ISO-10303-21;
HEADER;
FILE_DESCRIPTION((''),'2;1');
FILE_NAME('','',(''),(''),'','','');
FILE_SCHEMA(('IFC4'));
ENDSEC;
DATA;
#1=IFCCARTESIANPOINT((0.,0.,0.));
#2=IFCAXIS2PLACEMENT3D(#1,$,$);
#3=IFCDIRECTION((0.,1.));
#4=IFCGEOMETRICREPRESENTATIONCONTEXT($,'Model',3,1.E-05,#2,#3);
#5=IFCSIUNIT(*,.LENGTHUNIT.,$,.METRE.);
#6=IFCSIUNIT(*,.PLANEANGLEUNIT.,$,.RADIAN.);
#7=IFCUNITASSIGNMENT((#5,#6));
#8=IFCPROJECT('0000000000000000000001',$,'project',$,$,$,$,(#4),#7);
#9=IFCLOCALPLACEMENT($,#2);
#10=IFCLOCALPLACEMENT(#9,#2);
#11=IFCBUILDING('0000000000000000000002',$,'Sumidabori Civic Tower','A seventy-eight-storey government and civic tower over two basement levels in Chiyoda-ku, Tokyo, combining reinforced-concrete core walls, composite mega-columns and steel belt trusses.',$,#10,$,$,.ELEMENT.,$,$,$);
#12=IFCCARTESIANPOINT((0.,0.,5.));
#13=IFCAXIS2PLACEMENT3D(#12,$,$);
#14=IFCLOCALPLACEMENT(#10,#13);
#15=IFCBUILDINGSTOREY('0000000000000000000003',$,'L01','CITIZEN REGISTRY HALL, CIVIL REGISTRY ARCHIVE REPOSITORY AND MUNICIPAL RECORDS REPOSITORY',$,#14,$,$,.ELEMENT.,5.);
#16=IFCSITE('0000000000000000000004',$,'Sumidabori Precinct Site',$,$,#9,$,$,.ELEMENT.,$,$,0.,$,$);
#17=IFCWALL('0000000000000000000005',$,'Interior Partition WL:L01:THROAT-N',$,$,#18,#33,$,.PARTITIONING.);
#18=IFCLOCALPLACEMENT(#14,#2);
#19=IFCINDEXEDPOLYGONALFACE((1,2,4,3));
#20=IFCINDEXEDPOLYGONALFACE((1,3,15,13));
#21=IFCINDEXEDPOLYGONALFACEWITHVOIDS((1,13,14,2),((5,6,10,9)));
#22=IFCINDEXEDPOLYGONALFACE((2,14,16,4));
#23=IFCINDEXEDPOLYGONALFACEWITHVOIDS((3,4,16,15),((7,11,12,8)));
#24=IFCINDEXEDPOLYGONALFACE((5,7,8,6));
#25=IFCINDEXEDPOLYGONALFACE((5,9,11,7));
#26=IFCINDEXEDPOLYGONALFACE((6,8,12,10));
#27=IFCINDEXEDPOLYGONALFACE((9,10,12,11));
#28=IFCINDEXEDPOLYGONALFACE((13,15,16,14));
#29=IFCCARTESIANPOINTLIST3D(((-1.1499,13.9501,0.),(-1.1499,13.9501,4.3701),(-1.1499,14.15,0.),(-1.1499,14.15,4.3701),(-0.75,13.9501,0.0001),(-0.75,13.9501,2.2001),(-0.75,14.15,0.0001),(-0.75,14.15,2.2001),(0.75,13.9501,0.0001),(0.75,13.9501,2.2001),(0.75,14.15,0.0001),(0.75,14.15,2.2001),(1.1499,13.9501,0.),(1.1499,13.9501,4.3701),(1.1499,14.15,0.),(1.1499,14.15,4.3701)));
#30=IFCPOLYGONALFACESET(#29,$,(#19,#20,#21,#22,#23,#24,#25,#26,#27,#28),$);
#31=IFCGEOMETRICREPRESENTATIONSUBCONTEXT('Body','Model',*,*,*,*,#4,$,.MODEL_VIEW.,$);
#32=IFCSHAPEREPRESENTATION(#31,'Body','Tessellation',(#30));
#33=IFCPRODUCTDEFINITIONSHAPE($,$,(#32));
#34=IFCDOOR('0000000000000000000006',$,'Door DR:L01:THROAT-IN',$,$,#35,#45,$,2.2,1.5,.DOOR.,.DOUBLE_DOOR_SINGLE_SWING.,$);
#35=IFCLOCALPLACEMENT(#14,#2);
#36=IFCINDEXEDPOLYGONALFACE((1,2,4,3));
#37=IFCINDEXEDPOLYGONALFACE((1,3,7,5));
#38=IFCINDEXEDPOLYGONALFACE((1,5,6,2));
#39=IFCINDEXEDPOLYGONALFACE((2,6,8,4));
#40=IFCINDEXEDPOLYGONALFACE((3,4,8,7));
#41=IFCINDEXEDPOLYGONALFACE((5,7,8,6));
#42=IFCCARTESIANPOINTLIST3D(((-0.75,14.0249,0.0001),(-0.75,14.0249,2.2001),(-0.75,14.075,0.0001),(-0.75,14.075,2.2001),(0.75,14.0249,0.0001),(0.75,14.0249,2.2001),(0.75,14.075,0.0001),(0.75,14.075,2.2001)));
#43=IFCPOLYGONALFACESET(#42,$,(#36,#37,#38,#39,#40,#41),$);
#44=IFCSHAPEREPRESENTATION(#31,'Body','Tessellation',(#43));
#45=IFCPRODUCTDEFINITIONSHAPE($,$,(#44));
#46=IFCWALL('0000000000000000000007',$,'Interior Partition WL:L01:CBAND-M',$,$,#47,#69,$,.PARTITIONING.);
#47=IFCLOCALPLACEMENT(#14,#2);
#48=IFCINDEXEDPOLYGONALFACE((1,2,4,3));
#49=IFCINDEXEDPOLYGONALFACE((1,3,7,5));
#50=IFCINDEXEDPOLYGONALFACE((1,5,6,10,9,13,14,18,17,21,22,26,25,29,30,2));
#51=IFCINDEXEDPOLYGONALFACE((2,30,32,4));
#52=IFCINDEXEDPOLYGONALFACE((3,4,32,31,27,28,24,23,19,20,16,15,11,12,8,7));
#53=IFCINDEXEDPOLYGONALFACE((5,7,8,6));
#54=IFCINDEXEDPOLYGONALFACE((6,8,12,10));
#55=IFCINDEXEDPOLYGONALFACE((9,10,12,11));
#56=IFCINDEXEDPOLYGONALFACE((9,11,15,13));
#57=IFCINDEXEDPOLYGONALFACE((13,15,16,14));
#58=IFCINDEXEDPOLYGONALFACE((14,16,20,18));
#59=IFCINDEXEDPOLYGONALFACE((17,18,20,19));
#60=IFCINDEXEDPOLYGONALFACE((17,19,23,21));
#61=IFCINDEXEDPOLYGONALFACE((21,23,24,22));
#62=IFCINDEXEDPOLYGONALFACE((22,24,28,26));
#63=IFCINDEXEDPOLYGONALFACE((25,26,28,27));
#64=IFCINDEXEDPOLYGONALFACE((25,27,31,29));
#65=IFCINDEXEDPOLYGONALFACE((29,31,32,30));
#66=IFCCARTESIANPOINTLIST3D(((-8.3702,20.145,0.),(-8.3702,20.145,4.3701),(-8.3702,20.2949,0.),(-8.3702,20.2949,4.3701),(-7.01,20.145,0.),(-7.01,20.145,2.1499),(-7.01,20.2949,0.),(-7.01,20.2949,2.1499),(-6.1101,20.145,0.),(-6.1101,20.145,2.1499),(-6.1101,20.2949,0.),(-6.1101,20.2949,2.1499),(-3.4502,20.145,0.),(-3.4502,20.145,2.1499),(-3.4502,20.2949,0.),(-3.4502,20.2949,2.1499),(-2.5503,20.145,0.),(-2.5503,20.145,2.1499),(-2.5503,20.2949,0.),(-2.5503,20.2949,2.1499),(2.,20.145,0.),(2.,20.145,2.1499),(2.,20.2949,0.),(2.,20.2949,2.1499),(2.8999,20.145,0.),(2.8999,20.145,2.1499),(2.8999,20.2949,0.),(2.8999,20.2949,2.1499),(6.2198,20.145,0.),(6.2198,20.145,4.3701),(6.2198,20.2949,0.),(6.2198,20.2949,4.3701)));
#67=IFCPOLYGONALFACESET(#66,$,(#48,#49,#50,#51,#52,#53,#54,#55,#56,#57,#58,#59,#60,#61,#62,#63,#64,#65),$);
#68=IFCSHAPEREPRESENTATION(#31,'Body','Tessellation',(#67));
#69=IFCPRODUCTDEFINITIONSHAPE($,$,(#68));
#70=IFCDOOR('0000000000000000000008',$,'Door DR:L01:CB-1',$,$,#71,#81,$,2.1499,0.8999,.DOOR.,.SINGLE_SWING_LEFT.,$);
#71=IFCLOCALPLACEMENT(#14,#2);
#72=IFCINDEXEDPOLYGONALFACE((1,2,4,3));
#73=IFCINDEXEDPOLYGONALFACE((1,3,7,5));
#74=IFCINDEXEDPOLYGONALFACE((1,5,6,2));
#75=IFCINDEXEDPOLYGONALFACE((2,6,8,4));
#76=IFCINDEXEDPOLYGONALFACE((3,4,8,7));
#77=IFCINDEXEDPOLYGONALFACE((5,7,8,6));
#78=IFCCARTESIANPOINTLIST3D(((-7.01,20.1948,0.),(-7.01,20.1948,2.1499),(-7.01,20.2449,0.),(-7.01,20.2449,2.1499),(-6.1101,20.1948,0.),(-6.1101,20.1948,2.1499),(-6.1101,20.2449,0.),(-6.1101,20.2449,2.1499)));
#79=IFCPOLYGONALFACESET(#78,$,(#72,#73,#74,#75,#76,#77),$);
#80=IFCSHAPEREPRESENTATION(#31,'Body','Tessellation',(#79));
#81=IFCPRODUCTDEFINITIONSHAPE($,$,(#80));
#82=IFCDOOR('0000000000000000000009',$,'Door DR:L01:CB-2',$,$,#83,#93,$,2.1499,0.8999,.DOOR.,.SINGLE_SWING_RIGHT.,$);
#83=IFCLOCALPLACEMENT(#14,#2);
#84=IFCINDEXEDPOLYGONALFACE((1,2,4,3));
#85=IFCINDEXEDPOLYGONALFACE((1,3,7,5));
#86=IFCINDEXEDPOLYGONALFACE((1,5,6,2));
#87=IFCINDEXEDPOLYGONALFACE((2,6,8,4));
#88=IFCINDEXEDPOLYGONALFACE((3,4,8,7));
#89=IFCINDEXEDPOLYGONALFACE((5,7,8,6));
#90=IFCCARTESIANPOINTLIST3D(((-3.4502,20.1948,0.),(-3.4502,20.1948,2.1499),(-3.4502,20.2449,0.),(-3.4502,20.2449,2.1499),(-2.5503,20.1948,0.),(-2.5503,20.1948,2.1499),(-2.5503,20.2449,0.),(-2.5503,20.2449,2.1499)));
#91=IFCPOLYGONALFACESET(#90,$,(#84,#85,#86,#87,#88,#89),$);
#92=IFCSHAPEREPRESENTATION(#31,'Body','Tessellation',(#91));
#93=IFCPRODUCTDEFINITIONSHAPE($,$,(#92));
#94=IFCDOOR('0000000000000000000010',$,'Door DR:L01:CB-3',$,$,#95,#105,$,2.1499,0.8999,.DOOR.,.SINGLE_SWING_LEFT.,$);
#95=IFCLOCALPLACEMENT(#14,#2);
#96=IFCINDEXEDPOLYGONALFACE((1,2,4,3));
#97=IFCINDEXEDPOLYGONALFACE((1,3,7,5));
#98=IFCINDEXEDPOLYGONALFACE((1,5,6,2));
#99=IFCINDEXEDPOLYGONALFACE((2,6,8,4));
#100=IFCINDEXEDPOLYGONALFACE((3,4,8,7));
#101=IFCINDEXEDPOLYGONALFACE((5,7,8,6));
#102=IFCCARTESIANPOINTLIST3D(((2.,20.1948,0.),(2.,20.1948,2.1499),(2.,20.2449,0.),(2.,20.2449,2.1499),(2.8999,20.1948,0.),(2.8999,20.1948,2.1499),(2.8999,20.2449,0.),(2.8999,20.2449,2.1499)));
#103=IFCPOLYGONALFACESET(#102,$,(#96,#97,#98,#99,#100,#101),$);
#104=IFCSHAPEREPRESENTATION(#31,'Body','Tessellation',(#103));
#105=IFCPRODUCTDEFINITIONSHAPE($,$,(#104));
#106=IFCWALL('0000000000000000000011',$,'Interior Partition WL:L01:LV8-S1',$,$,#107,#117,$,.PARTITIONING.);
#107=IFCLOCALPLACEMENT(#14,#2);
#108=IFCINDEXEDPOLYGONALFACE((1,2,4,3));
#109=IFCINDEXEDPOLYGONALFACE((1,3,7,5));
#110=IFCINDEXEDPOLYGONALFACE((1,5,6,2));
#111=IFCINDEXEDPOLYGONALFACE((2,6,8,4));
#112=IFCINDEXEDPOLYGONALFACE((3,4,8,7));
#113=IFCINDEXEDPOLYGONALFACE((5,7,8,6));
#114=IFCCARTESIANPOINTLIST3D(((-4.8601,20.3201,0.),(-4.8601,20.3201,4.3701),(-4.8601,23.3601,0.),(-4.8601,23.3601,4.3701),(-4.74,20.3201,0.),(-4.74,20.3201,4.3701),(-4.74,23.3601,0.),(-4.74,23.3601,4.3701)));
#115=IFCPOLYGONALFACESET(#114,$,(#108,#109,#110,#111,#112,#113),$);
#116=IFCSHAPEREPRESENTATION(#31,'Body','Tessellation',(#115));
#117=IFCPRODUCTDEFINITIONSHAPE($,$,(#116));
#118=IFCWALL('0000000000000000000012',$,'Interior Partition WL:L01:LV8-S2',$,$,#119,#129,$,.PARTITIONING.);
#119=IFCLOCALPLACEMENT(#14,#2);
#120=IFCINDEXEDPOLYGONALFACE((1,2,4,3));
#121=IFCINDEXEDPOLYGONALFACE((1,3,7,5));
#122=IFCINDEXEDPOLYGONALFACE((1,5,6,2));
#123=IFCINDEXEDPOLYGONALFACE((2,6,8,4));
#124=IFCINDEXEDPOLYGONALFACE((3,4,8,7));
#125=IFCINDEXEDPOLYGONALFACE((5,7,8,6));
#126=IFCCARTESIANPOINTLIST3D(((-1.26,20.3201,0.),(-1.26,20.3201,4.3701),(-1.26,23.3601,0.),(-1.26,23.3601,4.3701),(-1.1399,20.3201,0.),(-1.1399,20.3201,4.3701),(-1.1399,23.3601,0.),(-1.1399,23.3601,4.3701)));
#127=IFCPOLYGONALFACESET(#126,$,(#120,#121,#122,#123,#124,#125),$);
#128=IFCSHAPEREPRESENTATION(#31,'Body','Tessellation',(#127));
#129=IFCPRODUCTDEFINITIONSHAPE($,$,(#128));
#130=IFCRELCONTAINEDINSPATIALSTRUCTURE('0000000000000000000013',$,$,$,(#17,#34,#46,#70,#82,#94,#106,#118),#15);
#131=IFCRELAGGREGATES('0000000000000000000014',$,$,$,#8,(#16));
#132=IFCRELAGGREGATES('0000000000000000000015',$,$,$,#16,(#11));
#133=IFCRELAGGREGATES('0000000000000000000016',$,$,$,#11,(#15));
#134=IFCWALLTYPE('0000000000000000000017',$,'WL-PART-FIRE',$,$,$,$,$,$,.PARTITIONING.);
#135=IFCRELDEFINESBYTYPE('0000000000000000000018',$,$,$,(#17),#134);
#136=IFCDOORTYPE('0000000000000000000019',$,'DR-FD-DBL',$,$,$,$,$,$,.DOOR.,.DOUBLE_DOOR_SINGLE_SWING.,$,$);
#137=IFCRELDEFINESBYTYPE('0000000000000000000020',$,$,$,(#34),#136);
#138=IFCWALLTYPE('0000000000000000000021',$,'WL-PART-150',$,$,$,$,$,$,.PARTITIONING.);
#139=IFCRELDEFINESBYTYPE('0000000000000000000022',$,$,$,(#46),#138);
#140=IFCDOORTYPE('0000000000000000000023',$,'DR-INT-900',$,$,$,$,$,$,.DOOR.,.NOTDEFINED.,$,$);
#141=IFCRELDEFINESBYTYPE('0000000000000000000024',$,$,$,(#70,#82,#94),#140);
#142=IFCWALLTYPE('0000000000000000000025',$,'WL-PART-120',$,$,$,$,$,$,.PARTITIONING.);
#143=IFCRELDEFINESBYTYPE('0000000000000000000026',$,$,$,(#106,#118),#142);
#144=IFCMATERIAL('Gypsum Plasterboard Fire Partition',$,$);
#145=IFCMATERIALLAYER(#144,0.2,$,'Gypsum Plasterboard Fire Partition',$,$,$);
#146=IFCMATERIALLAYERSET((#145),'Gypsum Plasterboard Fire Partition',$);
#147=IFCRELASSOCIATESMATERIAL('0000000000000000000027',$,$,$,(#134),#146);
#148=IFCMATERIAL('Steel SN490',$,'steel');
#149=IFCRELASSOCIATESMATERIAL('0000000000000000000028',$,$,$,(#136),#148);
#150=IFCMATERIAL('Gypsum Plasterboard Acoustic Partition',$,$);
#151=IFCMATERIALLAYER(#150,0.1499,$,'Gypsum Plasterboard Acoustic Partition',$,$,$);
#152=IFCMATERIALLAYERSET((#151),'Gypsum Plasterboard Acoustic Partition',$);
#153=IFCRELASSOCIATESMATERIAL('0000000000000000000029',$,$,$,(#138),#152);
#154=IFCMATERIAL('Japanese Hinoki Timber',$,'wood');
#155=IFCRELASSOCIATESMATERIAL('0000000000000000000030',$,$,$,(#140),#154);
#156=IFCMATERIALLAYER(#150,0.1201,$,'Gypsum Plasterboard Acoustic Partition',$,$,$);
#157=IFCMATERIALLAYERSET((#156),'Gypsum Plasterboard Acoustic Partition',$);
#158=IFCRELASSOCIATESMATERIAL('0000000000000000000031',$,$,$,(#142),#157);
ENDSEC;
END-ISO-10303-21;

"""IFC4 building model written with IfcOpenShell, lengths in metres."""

from ifc_helpers import new_model, si_unit, direction, frame, frame_2d, origin, place, context, subcontext, project, spatial, rectangle, extrude, source, transform, mapped, material, layer, layer_set, type_object, element, fill, save


model = new_model("IFC4")

# Units and contexts
model_context = context("Model", 3, precision=1e-05, world=origin(), true_north=direction((0.0, 1.0)))
body_context = subcontext(model_context, "Body", "Model", "MODEL_VIEW")
ifc_project = project(units=[si_unit("LENGTHUNIT", "METRE"), si_unit("PLANEANGLEUNIT", "RADIAN")], contexts=[model_context])

# Site, building, storey
site_placement = place(None, origin())
site = spatial("IfcSite", under=ifc_project, at=site_placement, Name="Sumidabori Precinct Site", CompositionType="ELEMENT", RefElevation=0.0)
building_placement = place(site_placement, origin())
building = spatial("IfcBuilding", under=site, at=building_placement, Name="Sumidabori Civic Tower", Description="A seventy-eight-storey government and civic tower over two basement levels in Chiyoda-ku, Tokyo, combining reinforced-concrete core walls, composite mega-columns and steel belt trusses.", CompositionType="ELEMENT")
storey_placement = place(building_placement, frame((0.0, 0.0, 5.0)))
storey = spatial("IfcBuildingStorey", under=building, at=storey_placement, Name="L01", Description="CITIZEN REGISTRY HALL, CIVIL REGISTRY ARCHIVE REPOSITORY AND MUNICIPAL RECORDS REPOSITORY", CompositionType="ELEMENT", Elevation=5.0)

# Shared definitions
ifc_material_1 = material(Name="Gypsum Plasterboard Fire Partition")
ifc_layer_1 = layer(ifc_material_1, 0.2, Name="Gypsum Plasterboard Fire Partition")
ifc_layer_set_1 = layer_set([ifc_layer_1], Name="Gypsum Plasterboard Fire Partition")
wall_type_1 = type_object("IfcWallType", Name="WL-PART-FIRE", PredefinedType="PARTITIONING", material=ifc_layer_set_1)

# Wall, opening, door
shared_shape_1 = source(origin(), body_context, "Body", "SweptSolid", [
    extrude(rectangle(XDim=2.2998, YDim=0.2, at=frame_2d((1.1499, 0.0))), origin(), (0.0, 0.0, 1.0), 4.3701),
])
wall_1_placement = place(storey_placement, frame((-1.1499, 14.05, 0.0), z_axis=(0.0, 0.0, 1.0), x_axis=(1.0, 0.0, 0.0)))
wall_1 = element("IfcWall", 1, at=wall_1_placement, inside=storey, type_object=wall_type_1, Name="Interior Partition WL:L01:THROAT-N", PredefinedType="PARTITIONING", context=body_context, shape_type="MappedRepresentation", body=[
    mapped(shared_shape_1, transform((0.0, 0.0, 0.0), x_axis=(1.0, 0.0, 0.0), y_axis=(0.0, 1.0, 0.0), z_axis=(0.0, 0.0, 1.0), scale=1.0)),
])
opening_1_placement = place(wall_1_placement, frame((0.3999, 0.0, 0.0)))
opening_1 = element("IfcOpeningElement", 2, at=opening_1_placement, cuts=wall_1, PredefinedType="OPENING", context=body_context, shape_type="SweptSolid", body=[
    extrude(rectangle(XDim=1.5, YDim=2.2, at=frame_2d((0.75, 1.1001))), frame((0.0, 0.1118, 0.0), z_axis=(0.0, -1.0, 0.0), x_axis=(1.0, 0.0, 0.0)), (0.0, 0.0, 1.0), 0.2239),
])
ifc_material_2 = material(Name="Steel SN490", Category="steel")
door_type_1 = type_object("IfcDoorType", Name="DR-FD-DBL", OperationType="DOUBLE_DOOR_SINGLE_SWING", PredefinedType="DOOR", material=ifc_material_2)
shared_shape_2 = source(origin(), body_context, "Body", "SweptSolid", [
    extrude(rectangle(XDim=1.5, YDim=2.2, at=frame_2d((0.75, 1.1001))), frame((0.0, 0.0249, 0.0), z_axis=(0.0, -1.0, 0.0), x_axis=(1.0, 0.0, 0.0)), (0.0, 0.0, 1.0), 0.05),
])
door_1_placement = place(opening_1_placement, origin())
door_1 = element("IfcDoor", 3, at=door_1_placement, inside=storey, type_object=door_type_1, Name="Door DR:L01:THROAT-IN", OperationType="DOUBLE_DOOR_SINGLE_SWING", OverallHeight=2.2, OverallWidth=1.5, PredefinedType="DOOR", context=body_context, shape_type="MappedRepresentation", body=[
    mapped(shared_shape_2, transform((0.0, 0.0, 0.0), x_axis=(1.0, 0.0, 0.0), y_axis=(0.0, 1.0, 0.0), z_axis=(0.0, 0.0, 1.0), scale=1.0)),
])
fill(opening_1, door_1)

# Wall, openings, doors
ifc_material_3 = material(Name="Gypsum Plasterboard Acoustic Partition")
ifc_layer_2 = layer(ifc_material_3, 0.1499, Name="Gypsum Plasterboard Acoustic Partition")
ifc_layer_set_2 = layer_set([ifc_layer_2], Name="Gypsum Plasterboard Acoustic Partition")
wall_type_2 = type_object("IfcWallType", Name="WL-PART-150", PredefinedType="PARTITIONING", material=ifc_layer_set_2)
shared_shape_3 = source(origin(), body_context, "Body", "SweptSolid", [
    extrude(rectangle(XDim=14.5901, YDim=0.1499, at=frame_2d((7.2949, 0.0))), origin(), (0.0, 0.0, 1.0), 4.3701),
])
wall_2_placement = place(storey_placement, frame((-8.3701, 20.22, 0.0), z_axis=(0.0, 0.0, 1.0), x_axis=(1.0, 0.0, 0.0)))
wall_2 = element("IfcWall", 4, at=wall_2_placement, inside=storey, type_object=wall_type_2, Name="Interior Partition WL:L01:CBAND-M", PredefinedType="PARTITIONING", context=body_context, shape_type="MappedRepresentation", body=[
    mapped(shared_shape_3, transform((0.0, 0.0, 0.0), x_axis=(1.0, 0.0, 0.0), y_axis=(0.0, 1.0, 0.0), z_axis=(0.0, 0.0, 1.0), scale=1.0)),
])
opening_2_placement = place(wall_2_placement, frame((1.3601, 0.0, 0.0)))
opening_2 = element("IfcOpeningElement", 5, at=opening_2_placement, cuts=wall_2, PredefinedType="OPENING", context=body_context, shape_type="SweptSolid", body=[
    extrude(rectangle(XDim=0.8999, YDim=2.1499, at=frame_2d((0.45, 1.075))), frame((0.0, 0.0869, 0.0), z_axis=(0.0, -1.0, 0.0), x_axis=(1.0, 0.0, 0.0)), (0.0, 0.0, 1.0), 0.1738),
])
opening_3_placement = place(wall_2_placement, frame((4.9199, 0.0, 0.0)))
opening_3 = element("IfcOpeningElement", 6, at=opening_3_placement, cuts=wall_2, PredefinedType="OPENING", context=body_context, shape_type="SweptSolid", body=[
    extrude(rectangle(XDim=0.8999, YDim=2.1499, at=frame_2d((0.45, 1.075))), frame((0.0, 0.0869, 0.0), z_axis=(0.0, -1.0, 0.0), x_axis=(1.0, 0.0, 0.0)), (0.0, 0.0, 1.0), 0.1738),
])
opening_4_placement = place(wall_2_placement, frame((10.3701, 0.0, 0.0)))
opening_4 = element("IfcOpeningElement", 7, at=opening_4_placement, cuts=wall_2, PredefinedType="OPENING", context=body_context, shape_type="SweptSolid", body=[
    extrude(rectangle(XDim=0.8999, YDim=2.1499, at=frame_2d((0.45, 1.075))), frame((0.0, 0.0869, 0.0), z_axis=(0.0, -1.0, 0.0), x_axis=(1.0, 0.0, 0.0)), (0.0, 0.0, 1.0), 0.1738),
])
ifc_material_4 = material(Name="Japanese Hinoki Timber", Category="wood")
door_type_2 = type_object("IfcDoorType", Name="DR-INT-900", OperationType="NOTDEFINED", PredefinedType="DOOR", material=ifc_material_4)
shared_shape_4 = source(origin(), body_context, "Body", "SweptSolid", [
    extrude(rectangle(XDim=0.8999, YDim=2.1499, at=frame_2d((0.45, 1.075))), frame((0.0, 0.0249, 0.0), z_axis=(0.0, -1.0, 0.0), x_axis=(1.0, 0.0, 0.0)), (0.0, 0.0, 1.0), 0.05),
])
door_2_placement = place(opening_2_placement, origin())
door_2 = element("IfcDoor", 8, at=door_2_placement, inside=storey, type_object=door_type_2, Name="Door DR:L01:CB-1", OperationType="SINGLE_SWING_LEFT", OverallHeight=2.1499, OverallWidth=0.8999, PredefinedType="DOOR", context=body_context, shape_type="MappedRepresentation", body=[
    mapped(shared_shape_4, transform((0.0, 0.0, 0.0), x_axis=(1.0, 0.0, 0.0), y_axis=(0.0, 1.0, 0.0), z_axis=(0.0, 0.0, 1.0), scale=1.0)),
])
fill(opening_2, door_2)
door_3_placement = place(opening_3_placement, origin())
door_3 = element("IfcDoor", 9, at=door_3_placement, inside=storey, type_object=door_type_2, Name="Door DR:L01:CB-2", OperationType="SINGLE_SWING_RIGHT", OverallHeight=2.1499, OverallWidth=0.8999, PredefinedType="DOOR", context=body_context, shape_type="MappedRepresentation", body=[
    mapped(shared_shape_4, transform((0.0, 0.0, 0.0), x_axis=(1.0, 0.0, 0.0), y_axis=(0.0, 1.0, 0.0), z_axis=(0.0, 0.0, 1.0), scale=1.0)),
])
fill(opening_3, door_3)
door_4_placement = place(opening_4_placement, origin())
door_4 = element("IfcDoor", 10, at=door_4_placement, inside=storey, type_object=door_type_2, Name="Door DR:L01:CB-3", OperationType="SINGLE_SWING_LEFT", OverallHeight=2.1499, OverallWidth=0.8999, PredefinedType="DOOR", context=body_context, shape_type="MappedRepresentation", body=[
    mapped(shared_shape_4, transform((0.0, 0.0, 0.0), x_axis=(1.0, 0.0, 0.0), y_axis=(0.0, 1.0, 0.0), z_axis=(0.0, 0.0, 1.0), scale=1.0)),
])
fill(opening_4, door_4)

# Walls
ifc_layer_3 = layer(ifc_material_3, 0.1201, Name="Gypsum Plasterboard Acoustic Partition")
ifc_layer_set_3 = layer_set([ifc_layer_3], Name="Gypsum Plasterboard Acoustic Partition")
wall_type_3 = type_object("IfcWallType", Name="WL-PART-120", PredefinedType="PARTITIONING", material=ifc_layer_set_3)
shared_shape_5 = source(origin(), body_context, "Body", "SweptSolid", [
    extrude(rectangle(XDim=3.04, YDim=0.1201, at=frame_2d((1.52, 0.0))), origin(), (0.0, 0.0, 1.0), 4.3701),
])
for number, where, z_axis, x_axis, name in (
    (11, (-4.8, 20.3201, 0.0), (0.0, 0.0, 1.0), (0.0, 1.0, 0.0), "Interior Partition WL:L01:LV8-S1"),
    (12, (-1.2, 20.3201, 0.0), (0.0, 0.0, 1.0), (0.0, 1.0, 0.0), "Interior Partition WL:L01:LV8-S2"),
):
    element("IfcWall", number, at=place(storey_placement, frame(where, z_axis=z_axis, x_axis=x_axis)), inside=storey, type_object=wall_type_3, Name=name, PredefinedType="PARTITIONING", context=body_context, shape_type="MappedRepresentation", body=[
        mapped(shared_shape_5, transform((0.0, 0.0, 0.0), x_axis=(1.0, 0.0, 0.0), y_axis=(0.0, 1.0, 0.0), z_axis=(0.0, 0.0, 1.0), scale=1.0)),
    ])

save(model, "model.ifc")
